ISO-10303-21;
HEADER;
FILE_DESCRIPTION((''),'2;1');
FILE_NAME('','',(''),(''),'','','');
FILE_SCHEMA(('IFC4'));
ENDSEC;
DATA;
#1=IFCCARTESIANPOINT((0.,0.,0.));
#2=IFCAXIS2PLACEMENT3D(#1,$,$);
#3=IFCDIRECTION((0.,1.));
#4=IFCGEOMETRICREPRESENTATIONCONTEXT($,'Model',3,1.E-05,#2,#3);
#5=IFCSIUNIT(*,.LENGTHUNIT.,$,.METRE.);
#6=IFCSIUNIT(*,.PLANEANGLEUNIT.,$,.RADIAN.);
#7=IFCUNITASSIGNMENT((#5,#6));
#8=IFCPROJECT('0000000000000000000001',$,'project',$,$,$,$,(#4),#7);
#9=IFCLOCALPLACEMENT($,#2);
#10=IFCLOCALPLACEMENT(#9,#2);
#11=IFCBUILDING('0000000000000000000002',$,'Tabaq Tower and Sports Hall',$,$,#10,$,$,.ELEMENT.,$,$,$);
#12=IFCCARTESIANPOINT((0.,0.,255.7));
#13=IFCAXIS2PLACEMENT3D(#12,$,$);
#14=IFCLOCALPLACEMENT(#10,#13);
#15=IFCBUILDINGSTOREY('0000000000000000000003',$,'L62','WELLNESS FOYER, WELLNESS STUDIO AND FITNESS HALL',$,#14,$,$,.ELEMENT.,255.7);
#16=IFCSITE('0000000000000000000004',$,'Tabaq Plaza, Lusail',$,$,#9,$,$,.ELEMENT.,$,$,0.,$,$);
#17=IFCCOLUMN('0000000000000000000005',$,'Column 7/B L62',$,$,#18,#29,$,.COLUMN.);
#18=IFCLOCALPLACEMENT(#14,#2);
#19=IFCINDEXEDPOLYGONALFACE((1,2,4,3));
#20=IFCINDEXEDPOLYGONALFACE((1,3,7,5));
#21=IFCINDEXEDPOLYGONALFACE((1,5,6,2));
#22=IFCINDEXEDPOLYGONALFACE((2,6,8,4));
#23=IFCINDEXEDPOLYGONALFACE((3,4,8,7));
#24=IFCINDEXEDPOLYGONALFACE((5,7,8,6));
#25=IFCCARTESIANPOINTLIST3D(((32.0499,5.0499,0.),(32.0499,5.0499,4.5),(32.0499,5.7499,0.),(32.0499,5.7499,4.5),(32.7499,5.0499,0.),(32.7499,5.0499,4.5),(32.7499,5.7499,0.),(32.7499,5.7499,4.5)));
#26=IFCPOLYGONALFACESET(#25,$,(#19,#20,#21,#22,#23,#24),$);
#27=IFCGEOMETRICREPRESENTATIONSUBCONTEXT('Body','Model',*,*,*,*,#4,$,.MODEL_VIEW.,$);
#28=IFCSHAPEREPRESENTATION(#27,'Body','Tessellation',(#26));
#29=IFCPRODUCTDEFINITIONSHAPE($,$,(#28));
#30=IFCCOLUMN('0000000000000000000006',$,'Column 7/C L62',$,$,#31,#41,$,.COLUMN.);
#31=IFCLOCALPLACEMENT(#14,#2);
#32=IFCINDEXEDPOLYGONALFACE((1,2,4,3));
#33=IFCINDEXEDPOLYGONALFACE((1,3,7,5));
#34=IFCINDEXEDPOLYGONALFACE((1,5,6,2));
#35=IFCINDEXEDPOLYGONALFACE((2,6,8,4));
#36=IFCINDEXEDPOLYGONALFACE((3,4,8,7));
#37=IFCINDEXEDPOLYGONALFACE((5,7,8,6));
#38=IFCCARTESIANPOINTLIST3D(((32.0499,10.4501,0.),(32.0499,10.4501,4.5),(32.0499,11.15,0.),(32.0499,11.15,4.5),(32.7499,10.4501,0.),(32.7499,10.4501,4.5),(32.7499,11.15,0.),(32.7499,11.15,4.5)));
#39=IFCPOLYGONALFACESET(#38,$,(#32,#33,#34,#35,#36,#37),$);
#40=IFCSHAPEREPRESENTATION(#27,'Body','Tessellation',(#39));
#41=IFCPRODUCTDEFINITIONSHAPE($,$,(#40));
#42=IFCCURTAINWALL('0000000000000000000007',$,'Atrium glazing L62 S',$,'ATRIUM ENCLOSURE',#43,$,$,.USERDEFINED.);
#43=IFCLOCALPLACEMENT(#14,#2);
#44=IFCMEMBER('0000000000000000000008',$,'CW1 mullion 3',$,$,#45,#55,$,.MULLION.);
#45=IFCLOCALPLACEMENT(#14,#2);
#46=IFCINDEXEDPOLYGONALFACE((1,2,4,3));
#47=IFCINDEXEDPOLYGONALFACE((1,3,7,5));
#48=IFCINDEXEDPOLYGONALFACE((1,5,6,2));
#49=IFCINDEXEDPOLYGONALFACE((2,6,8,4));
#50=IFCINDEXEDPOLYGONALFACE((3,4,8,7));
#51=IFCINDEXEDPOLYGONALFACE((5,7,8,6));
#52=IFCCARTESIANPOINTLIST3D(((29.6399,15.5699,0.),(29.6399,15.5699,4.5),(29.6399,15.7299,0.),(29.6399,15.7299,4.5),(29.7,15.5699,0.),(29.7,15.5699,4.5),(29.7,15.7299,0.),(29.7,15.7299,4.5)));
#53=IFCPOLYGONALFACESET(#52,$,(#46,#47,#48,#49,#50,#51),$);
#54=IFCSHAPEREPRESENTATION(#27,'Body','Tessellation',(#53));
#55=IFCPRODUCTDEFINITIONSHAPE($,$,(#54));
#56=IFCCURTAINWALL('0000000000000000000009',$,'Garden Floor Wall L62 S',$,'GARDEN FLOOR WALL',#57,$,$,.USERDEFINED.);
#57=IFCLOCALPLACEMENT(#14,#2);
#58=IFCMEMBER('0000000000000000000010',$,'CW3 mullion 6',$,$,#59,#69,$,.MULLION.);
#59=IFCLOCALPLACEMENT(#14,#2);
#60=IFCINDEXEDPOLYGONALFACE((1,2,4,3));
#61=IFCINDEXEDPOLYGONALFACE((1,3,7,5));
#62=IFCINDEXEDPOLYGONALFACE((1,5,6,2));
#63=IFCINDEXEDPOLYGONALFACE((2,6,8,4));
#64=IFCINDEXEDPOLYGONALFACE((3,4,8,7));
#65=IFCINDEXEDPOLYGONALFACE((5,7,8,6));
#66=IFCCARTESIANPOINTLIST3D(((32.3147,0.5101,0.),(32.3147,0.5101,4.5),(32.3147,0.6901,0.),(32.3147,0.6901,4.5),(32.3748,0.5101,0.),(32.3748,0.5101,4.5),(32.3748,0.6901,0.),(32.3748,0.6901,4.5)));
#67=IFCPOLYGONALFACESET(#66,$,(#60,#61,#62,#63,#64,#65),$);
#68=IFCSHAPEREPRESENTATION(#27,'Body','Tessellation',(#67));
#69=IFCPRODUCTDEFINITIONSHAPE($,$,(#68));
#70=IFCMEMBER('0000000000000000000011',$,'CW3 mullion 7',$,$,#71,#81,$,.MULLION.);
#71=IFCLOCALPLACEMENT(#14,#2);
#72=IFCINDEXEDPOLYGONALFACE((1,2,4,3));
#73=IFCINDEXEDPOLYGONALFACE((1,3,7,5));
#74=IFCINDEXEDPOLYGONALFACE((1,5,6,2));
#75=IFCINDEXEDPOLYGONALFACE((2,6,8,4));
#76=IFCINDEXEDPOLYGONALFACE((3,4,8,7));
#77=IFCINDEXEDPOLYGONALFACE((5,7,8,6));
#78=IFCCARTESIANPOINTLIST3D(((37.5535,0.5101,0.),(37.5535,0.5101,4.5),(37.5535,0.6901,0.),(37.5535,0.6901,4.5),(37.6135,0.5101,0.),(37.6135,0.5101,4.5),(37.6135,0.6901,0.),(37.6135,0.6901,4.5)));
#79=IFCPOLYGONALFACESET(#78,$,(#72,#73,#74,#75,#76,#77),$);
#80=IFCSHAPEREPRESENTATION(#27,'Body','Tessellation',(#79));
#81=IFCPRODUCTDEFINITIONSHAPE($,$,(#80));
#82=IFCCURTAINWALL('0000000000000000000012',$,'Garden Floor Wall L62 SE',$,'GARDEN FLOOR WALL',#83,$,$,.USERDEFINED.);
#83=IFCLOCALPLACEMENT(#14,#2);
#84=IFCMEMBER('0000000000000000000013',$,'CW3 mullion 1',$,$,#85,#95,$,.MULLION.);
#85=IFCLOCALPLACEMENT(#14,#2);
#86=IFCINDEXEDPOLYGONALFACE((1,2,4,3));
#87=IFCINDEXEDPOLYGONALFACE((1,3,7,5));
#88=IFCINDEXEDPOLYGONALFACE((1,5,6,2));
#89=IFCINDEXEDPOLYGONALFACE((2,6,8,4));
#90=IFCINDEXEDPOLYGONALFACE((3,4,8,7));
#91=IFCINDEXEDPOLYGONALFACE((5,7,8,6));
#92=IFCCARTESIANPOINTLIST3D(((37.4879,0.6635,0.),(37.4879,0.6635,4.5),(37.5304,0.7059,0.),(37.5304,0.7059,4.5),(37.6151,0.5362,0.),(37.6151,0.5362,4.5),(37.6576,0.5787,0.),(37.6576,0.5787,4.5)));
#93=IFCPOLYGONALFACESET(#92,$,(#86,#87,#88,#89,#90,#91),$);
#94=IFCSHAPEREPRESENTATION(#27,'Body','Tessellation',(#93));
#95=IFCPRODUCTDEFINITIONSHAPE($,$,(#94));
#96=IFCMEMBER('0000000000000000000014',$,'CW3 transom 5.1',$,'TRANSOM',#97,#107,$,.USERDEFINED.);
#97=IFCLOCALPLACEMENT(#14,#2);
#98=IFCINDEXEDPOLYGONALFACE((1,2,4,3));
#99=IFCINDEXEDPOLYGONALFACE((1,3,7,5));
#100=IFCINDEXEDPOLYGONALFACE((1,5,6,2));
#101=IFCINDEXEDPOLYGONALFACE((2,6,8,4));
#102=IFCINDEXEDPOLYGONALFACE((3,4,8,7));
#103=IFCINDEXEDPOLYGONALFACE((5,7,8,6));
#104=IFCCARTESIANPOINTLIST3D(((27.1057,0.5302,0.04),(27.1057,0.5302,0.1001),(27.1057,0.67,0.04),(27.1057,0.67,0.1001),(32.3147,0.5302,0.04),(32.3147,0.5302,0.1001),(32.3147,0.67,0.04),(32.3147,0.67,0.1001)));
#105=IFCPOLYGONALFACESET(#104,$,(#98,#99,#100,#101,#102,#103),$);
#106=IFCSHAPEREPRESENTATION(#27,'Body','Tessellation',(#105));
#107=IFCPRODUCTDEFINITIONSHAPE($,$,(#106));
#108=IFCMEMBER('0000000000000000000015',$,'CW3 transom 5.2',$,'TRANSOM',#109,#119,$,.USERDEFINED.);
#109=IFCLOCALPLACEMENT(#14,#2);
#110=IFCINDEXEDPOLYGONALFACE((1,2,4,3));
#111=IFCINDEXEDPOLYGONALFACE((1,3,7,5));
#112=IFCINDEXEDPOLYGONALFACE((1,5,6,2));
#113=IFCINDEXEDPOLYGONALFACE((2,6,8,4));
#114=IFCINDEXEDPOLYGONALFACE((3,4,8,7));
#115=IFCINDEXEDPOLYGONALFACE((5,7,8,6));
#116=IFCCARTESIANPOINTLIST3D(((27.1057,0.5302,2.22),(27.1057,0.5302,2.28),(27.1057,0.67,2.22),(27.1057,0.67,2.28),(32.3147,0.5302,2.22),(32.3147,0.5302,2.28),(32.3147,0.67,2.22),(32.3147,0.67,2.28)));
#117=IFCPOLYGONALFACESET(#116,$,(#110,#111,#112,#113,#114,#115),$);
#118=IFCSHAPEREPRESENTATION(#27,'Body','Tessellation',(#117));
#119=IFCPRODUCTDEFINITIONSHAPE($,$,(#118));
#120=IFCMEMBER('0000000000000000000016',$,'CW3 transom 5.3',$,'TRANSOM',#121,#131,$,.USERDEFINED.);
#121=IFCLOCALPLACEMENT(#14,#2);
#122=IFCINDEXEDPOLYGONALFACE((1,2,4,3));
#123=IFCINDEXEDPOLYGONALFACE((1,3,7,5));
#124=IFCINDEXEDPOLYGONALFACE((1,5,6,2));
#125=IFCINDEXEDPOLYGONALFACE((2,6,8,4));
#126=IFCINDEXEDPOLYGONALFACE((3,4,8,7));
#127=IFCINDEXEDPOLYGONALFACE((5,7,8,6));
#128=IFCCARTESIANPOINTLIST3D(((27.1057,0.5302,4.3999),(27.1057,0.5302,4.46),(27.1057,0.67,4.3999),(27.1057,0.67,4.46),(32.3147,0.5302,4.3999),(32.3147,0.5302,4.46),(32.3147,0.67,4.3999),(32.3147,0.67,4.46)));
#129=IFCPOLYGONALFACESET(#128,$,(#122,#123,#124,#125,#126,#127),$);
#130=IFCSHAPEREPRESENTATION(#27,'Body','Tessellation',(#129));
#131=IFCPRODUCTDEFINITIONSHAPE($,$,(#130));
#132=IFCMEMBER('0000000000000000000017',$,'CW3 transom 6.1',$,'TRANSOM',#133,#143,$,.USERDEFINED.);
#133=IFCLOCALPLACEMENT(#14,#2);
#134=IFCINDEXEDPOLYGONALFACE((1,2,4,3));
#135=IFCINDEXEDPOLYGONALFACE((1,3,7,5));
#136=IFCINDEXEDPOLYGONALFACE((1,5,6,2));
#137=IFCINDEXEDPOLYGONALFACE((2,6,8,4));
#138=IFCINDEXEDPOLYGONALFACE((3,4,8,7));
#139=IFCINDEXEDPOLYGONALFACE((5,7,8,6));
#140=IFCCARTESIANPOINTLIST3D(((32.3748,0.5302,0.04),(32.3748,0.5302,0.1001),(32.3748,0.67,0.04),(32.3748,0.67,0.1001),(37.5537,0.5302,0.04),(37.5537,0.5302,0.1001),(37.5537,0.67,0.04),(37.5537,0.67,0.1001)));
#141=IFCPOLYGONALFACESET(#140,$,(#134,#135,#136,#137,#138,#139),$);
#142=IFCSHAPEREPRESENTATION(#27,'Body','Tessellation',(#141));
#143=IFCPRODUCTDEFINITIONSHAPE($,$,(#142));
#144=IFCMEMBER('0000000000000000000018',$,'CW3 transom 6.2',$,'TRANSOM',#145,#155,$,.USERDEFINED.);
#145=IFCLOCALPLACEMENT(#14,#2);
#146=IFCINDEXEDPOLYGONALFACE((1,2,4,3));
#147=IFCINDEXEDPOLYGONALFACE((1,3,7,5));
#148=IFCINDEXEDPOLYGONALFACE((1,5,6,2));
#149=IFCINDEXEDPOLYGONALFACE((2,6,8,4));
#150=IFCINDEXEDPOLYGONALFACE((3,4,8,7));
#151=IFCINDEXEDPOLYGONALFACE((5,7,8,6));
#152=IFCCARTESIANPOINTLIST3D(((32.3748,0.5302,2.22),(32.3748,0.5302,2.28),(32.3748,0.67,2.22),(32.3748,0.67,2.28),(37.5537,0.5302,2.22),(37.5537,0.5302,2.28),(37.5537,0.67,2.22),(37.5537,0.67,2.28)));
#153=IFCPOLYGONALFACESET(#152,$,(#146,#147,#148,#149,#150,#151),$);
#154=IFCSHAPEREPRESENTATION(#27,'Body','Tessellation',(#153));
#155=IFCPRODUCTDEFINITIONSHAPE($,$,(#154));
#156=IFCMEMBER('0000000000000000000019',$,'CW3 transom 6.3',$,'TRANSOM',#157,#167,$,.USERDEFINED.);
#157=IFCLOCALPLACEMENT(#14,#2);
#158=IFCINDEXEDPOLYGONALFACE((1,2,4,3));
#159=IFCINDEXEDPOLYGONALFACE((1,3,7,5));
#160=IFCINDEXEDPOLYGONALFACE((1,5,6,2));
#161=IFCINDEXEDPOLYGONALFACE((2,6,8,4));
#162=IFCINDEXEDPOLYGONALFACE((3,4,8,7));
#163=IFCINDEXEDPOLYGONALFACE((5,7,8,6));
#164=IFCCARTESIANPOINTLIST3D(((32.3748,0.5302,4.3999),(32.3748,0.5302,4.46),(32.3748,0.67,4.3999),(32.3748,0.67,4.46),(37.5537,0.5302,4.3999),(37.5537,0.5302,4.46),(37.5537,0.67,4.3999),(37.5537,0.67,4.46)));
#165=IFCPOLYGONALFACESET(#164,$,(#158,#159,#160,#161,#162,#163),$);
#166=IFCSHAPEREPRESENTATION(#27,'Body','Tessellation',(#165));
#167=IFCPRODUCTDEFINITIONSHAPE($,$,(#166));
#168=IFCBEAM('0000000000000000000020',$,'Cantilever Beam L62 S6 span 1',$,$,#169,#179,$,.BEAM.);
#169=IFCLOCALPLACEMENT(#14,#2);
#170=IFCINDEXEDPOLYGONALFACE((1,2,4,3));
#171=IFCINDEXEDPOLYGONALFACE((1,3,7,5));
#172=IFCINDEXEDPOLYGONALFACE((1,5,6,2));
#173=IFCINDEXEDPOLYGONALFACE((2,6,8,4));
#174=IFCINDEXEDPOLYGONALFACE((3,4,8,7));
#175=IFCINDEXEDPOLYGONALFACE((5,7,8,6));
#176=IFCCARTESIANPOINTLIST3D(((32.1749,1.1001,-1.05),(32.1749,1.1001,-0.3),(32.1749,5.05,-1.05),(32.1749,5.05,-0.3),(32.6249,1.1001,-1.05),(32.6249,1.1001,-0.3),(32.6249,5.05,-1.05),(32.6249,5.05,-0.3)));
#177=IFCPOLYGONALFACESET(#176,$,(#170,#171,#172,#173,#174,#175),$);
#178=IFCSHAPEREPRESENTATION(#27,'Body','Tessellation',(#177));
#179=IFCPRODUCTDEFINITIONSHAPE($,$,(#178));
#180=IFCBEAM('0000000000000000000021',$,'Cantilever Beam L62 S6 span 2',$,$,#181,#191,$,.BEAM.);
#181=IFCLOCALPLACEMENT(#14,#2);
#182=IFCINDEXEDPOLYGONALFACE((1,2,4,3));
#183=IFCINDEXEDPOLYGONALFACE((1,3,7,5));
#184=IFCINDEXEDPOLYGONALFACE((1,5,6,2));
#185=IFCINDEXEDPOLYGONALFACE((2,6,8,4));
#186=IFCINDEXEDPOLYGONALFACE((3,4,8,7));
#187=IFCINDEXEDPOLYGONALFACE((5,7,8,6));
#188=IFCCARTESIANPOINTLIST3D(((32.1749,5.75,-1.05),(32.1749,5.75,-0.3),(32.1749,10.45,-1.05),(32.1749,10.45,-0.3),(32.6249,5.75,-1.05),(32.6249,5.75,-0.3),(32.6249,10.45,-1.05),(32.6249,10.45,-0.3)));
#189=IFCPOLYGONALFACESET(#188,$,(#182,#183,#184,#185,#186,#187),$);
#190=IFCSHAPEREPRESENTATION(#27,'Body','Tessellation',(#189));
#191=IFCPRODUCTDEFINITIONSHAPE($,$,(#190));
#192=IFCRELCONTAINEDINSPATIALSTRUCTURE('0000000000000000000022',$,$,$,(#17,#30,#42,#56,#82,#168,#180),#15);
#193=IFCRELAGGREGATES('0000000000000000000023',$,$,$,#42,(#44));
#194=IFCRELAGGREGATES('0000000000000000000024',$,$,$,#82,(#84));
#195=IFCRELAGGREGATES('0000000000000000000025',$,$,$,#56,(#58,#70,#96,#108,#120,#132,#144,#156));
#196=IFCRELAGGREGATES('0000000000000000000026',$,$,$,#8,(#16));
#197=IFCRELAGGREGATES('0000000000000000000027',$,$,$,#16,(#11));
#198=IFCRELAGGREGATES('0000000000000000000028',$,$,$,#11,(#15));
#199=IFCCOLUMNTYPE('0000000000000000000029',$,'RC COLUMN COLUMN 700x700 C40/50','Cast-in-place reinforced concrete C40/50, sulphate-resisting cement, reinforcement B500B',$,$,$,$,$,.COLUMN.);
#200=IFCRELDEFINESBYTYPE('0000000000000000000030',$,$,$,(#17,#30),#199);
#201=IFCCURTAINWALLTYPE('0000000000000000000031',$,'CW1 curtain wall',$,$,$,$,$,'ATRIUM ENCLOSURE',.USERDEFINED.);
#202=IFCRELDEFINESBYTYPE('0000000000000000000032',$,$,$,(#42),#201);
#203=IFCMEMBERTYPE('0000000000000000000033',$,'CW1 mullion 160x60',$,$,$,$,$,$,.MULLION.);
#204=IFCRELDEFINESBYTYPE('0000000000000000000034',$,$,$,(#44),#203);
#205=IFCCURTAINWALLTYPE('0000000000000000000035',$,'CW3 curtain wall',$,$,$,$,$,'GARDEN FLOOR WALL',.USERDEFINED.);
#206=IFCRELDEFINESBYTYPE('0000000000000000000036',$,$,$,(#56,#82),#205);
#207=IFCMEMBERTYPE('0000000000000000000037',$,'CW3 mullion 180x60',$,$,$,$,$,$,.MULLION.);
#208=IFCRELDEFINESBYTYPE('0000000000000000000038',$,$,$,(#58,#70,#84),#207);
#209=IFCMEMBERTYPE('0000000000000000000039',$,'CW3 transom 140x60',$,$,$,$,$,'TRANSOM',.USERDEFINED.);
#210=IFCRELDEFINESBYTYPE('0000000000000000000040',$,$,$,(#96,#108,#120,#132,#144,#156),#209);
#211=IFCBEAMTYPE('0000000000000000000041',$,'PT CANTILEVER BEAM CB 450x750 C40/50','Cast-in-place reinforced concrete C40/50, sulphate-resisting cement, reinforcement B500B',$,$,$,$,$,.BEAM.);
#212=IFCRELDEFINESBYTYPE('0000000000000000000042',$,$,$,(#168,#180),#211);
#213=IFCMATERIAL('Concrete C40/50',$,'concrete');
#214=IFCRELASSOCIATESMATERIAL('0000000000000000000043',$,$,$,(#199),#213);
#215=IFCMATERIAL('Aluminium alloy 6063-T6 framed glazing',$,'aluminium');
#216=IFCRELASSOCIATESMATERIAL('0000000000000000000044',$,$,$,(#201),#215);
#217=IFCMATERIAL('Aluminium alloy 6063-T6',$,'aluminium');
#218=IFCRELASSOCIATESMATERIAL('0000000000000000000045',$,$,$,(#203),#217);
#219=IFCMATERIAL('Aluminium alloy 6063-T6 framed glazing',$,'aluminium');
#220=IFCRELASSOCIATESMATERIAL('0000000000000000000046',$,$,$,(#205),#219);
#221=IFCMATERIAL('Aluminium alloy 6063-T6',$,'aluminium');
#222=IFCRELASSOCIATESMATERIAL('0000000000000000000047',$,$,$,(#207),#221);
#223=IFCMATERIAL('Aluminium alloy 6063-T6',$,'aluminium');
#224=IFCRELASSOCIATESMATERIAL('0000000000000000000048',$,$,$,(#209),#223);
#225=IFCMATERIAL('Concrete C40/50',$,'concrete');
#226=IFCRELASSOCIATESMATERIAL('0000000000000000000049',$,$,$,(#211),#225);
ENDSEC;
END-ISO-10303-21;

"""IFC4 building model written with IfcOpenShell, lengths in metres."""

from ifc_helpers import new_model, si_unit, direction, frame, origin, origin_2d, place, context, subcontext, project, spatial, rectangle, extrude, material, material_profile, profile_set, type_object, element, aggregate, save


model = new_model("IFC4")

# Units and contexts
model_context = context("Model", 3, precision=1e-05, world=origin(), true_north=direction((0.0, 1.0)))
body_context = subcontext(model_context, "Body", "Model", "MODEL_VIEW")
ifc_project = project(units=[si_unit("LENGTHUNIT", "METRE"), si_unit("PLANEANGLEUNIT", "RADIAN")], contexts=[model_context])

# Site, building, storey
site_placement = place(None, origin())
site = spatial("IfcSite", under=ifc_project, at=site_placement, Name="Tabaq Plaza, Lusail", CompositionType="ELEMENT", RefElevation=0.0)
building_placement = place(site_placement, origin())
building = spatial("IfcBuilding", under=site, at=building_placement, Name="Tabaq Tower and Sports Hall", CompositionType="ELEMENT")
storey_placement = place(building_placement, frame((0.0, 0.0, 255.7)))
storey = spatial("IfcBuildingStorey", under=building, at=storey_placement, Name="L62", Description="WELLNESS FOYER, WELLNESS STUDIO AND FITNESS HALL", CompositionType="ELEMENT", Elevation=255.7)

# Columns
ifc_material_1 = material(Name="Concrete C40/50", Category="concrete")
ifc_material_profile_1 = material_profile(ifc_material_1, rectangle(XDim=0.7, YDim=0.7, at=origin_2d()), Name="COLUMN 700x700")
ifc_profile_set_1 = profile_set([ifc_material_profile_1], Name="Concrete C40/50")
column_type = type_object("IfcColumnType", Name="RC COLUMN COLUMN 700x700 C40/50", Description="Cast-in-place reinforced concrete C40/50, sulphate-resisting cement, reinforcement B500B", PredefinedType="COLUMN", material=ifc_profile_set_1)
for number, where, z_axis, x_axis, name in (
    (1, (32.3999, 5.3999, 0.0), (0.0, 0.0, 1.0), (1.0, 0.0, 0.0), "Column 7/B L62"),
    (2, (32.3999, 10.8, 0.0), (0.0, 0.0, 1.0), (1.0, 0.0, 0.0), "Column 7/C L62"),
):
    element("IfcColumn", number, at=place(storey_placement, frame(where, z_axis=z_axis, x_axis=x_axis)), inside=storey, type_object=column_type, Name=name, PredefinedType="COLUMN", context=body_context, shape_type="SweptSolid", body=[
        extrude(rectangle(XDim=0.7, YDim=0.7, at=origin_2d()), origin(), (0.0, 0.0, 1.0), 4.5),
    ])

# Curtain wall, member
ifc_material_2 = material(Name="Aluminium alloy 6063-T6 framed glazing", Category="aluminium")
curtain_wall_type_1 = type_object("IfcCurtainWallType", Name="CW1 curtain wall", ElementType="ATRIUM ENCLOSURE", PredefinedType="USERDEFINED", material=ifc_material_2)
curtain_wall_1_placement = place(storey_placement, origin())
curtain_wall_1 = element("IfcCurtainWall", 3, at=curtain_wall_1_placement, inside=storey, type_object=curtain_wall_type_1, Name="Atrium glazing L62 S", ObjectType="ATRIUM ENCLOSURE", PredefinedType="USERDEFINED")
ifc_material_3 = material(Name="Aluminium alloy 6063-T6", Category="aluminium")
ifc_material_profile_2 = material_profile(ifc_material_3, rectangle(XDim=0.1599, YDim=0.0601, at=origin_2d()), Name="MULLION 160x60")
ifc_profile_set_2 = profile_set([ifc_material_profile_2], Name="Aluminium alloy 6063-T6")
member_type_1 = type_object("IfcMemberType", Name="CW1 mullion 160x60", PredefinedType="MULLION", material=ifc_profile_set_2)
member_1_placement = place(storey_placement, frame((29.6699, 15.6499, 0.0), z_axis=(0.0, 0.0, 1.0), x_axis=(0.0, 1.0, 0.0)))
member_1 = element("IfcMember", 4, at=member_1_placement, type_object=member_type_1, Name="CW1 mullion 3", PredefinedType="MULLION", context=body_context, shape_type="SweptSolid", body=[
    extrude(rectangle(XDim=0.1599, YDim=0.0601, at=origin_2d()), origin(), (0.0, 0.0, 1.0), 4.5),
])
aggregate(curtain_wall_1, [member_1])

# Curtain wall, members
ifc_material_4 = material(Name="Aluminium alloy 6063-T6 framed glazing", Category="aluminium")
curtain_wall_type_2 = type_object("IfcCurtainWallType", Name="CW3 curtain wall", ElementType="GARDEN FLOOR WALL", PredefinedType="USERDEFINED", material=ifc_material_4)
curtain_wall_2_placement = place(storey_placement, origin())
curtain_wall_2 = element("IfcCurtainWall", 5, at=curtain_wall_2_placement, inside=storey, type_object=curtain_wall_type_2, Name="Garden Floor Wall L62 S", ObjectType="GARDEN FLOOR WALL", PredefinedType="USERDEFINED")
ifc_material_5 = material(Name="Aluminium alloy 6063-T6", Category="aluminium")
ifc_material_profile_3 = material_profile(ifc_material_5, rectangle(XDim=0.1799, YDim=0.0601, at=origin_2d()), Name="MULLION 180x60")
ifc_profile_set_3 = profile_set([ifc_material_profile_3], Name="Aluminium alloy 6063-T6")
member_type_2 = type_object("IfcMemberType", Name="CW3 mullion 180x60", PredefinedType="MULLION", material=ifc_profile_set_3)
member_2_placement = place(storey_placement, frame((32.3447, 0.6001, 0.0), z_axis=(0.0, 0.0, 1.0), x_axis=(0.0, 1.0, 0.0)))
member_2 = element("IfcMember", 6, at=member_2_placement, type_object=member_type_2, Name="CW3 mullion 6", PredefinedType="MULLION", context=body_context, shape_type="SweptSolid", body=[
    extrude(rectangle(XDim=0.1799, YDim=0.0601, at=origin_2d()), origin(), (0.0, 0.0, 1.0), 4.5),
])
member_3_placement = place(storey_placement, frame((37.5835, 0.6001, 0.0), z_axis=(0.0, 0.0, 1.0), x_axis=(0.0, 1.0, 0.0)))
member_3 = element("IfcMember", 7, at=member_3_placement, type_object=member_type_2, Name="CW3 mullion 7", PredefinedType="MULLION", context=body_context, shape_type="SweptSolid", body=[
    extrude(rectangle(XDim=0.1799, YDim=0.0601, at=origin_2d()), origin(), (0.0, 0.0, 1.0), 4.5),
])

# Curtain wall, member
curtain_wall_3_placement = place(storey_placement, origin())
curtain_wall_3 = element("IfcCurtainWall", 8, at=curtain_wall_3_placement, inside=storey, type_object=curtain_wall_type_2, Name="Garden Floor Wall L62 SE", ObjectType="GARDEN FLOOR WALL", PredefinedType="USERDEFINED")
member_4_placement = place(storey_placement, frame((37.5728, 0.6211, 0.0), z_axis=(0.0, 0.0, 1.0), x_axis=(-0.707107, 0.707107, 0.0)))
member_4 = element("IfcMember", 9, at=member_4_placement, type_object=member_type_2, Name="CW3 mullion 1", PredefinedType="MULLION", context=body_context, shape_type="SweptSolid", body=[
    extrude(rectangle(XDim=0.1799, YDim=0.0601, at=origin_2d()), origin(), (0.0, 0.0, 1.0), 4.5),
])
aggregate(curtain_wall_3, [member_4])

# Members
ifc_material_6 = material(Name="Aluminium alloy 6063-T6", Category="aluminium")
ifc_material_profile_4 = material_profile(ifc_material_6, rectangle(XDim=0.1399, YDim=0.0601, at=origin_2d()), Name="TRANSOM 140x60")
ifc_profile_set_4 = profile_set([ifc_material_profile_4], Name="Aluminium alloy 6063-T6")
member_type_3 = type_object("IfcMemberType", Name="CW3 transom 140x60", ElementType="TRANSOM", PredefinedType="USERDEFINED", material=ifc_profile_set_4)
member_5_placement = place(storey_placement, frame((27.1057, 0.6001, 0.0701), z_axis=(1.0, 0.0, 0.0), x_axis=(0.0, 1.0, 0.0)))
member_5 = element("IfcMember", 10, at=member_5_placement, type_object=member_type_3, Name="CW3 transom 5.1", ObjectType="TRANSOM", PredefinedType="USERDEFINED", context=body_context, shape_type="SweptSolid", body=[
    extrude(rectangle(XDim=0.1399, YDim=0.0601, at=origin_2d()), origin(), (0.0, 0.0, 1.0), 5.209),
])
member_6_placement = place(storey_placement, frame((27.1057, 0.6001, 2.25), z_axis=(1.0, 0.0, 0.0), x_axis=(0.0, 1.0, 0.0)))
member_6 = element("IfcMember", 11, at=member_6_placement, type_object=member_type_3, Name="CW3 transom 5.2", ObjectType="TRANSOM", PredefinedType="USERDEFINED", context=body_context, shape_type="SweptSolid", body=[
    extrude(rectangle(XDim=0.1399, YDim=0.0601, at=origin_2d()), origin(), (0.0, 0.0, 1.0), 5.209),
])
member_7_placement = place(storey_placement, frame((27.1057, 0.6001, 4.4299), z_axis=(1.0, 0.0, 0.0), x_axis=(0.0, 1.0, 0.0)))
member_7 = element("IfcMember", 12, at=member_7_placement, type_object=member_type_3, Name="CW3 transom 5.3", ObjectType="TRANSOM", PredefinedType="USERDEFINED", context=body_context, shape_type="SweptSolid", body=[
    extrude(rectangle(XDim=0.1399, YDim=0.0601, at=origin_2d()), origin(), (0.0, 0.0, 1.0), 5.209),
])
member_8_placement = place(storey_placement, frame((32.3748, 0.6001, 0.0701), z_axis=(1.0, 0.0, 0.0), x_axis=(0.0, 1.0, 0.0)))
member_8 = element("IfcMember", 13, at=member_8_placement, type_object=member_type_3, Name="CW3 transom 6.1", ObjectType="TRANSOM", PredefinedType="USERDEFINED", context=body_context, shape_type="SweptSolid", body=[
    extrude(rectangle(XDim=0.1399, YDim=0.0601, at=origin_2d()), origin(), (0.0, 0.0, 1.0), 5.179),
])
member_9_placement = place(storey_placement, frame((32.3748, 0.6001, 2.25), z_axis=(1.0, 0.0, 0.0), x_axis=(0.0, 1.0, 0.0)))
member_9 = element("IfcMember", 14, at=member_9_placement, type_object=member_type_3, Name="CW3 transom 6.2", ObjectType="TRANSOM", PredefinedType="USERDEFINED", context=body_context, shape_type="SweptSolid", body=[
    extrude(rectangle(XDim=0.1399, YDim=0.0601, at=origin_2d()), origin(), (0.0, 0.0, 1.0), 5.179),
])
member_10_placement = place(storey_placement, frame((32.3748, 0.6001, 4.4299), z_axis=(1.0, 0.0, 0.0), x_axis=(0.0, 1.0, 0.0)))
member_10 = element("IfcMember", 15, at=member_10_placement, type_object=member_type_3, Name="CW3 transom 6.3", ObjectType="TRANSOM", PredefinedType="USERDEFINED", context=body_context, shape_type="SweptSolid", body=[
    extrude(rectangle(XDim=0.1399, YDim=0.0601, at=origin_2d()), origin(), (0.0, 0.0, 1.0), 5.179),
])

# Beams
ifc_material_7 = material(Name="Concrete C40/50", Category="concrete")
ifc_material_profile_5 = material_profile(ifc_material_7, rectangle(XDim=0.45, YDim=0.75, at=origin_2d()), Name="CB 450x750")
ifc_profile_set_5 = profile_set([ifc_material_profile_5], Name="Concrete C40/50")
beam_type = type_object("IfcBeamType", Name="PT CANTILEVER BEAM CB 450x750 C40/50", Description="Cast-in-place reinforced concrete C40/50, sulphate-resisting cement, reinforcement B500B", PredefinedType="BEAM", material=ifc_profile_set_5)
beam_1_placement = place(storey_placement, frame((32.3999, 1.1001, -0.675), z_axis=(0.0, 1.0, 0.0), x_axis=(-1.0, 0.0, 0.0)))
element("IfcBeam", 16, at=beam_1_placement, inside=storey, type_object=beam_type, Name="Cantilever Beam L62 S6 span 1", PredefinedType="BEAM", context=body_context, shape_type="SweptSolid", body=[
    extrude(rectangle(XDim=0.45, YDim=0.75, at=origin_2d()), origin(), (0.0, 0.0, 1.0), 3.95),
])
beam_2_placement = place(storey_placement, frame((32.3999, 5.75, -0.675), z_axis=(0.0, 1.0, 0.0), x_axis=(-1.0, 0.0, 0.0)))
element("IfcBeam", 17, at=beam_2_placement, inside=storey, type_object=beam_type, Name="Cantilever Beam L62 S6 span 2", PredefinedType="BEAM", context=body_context, shape_type="SweptSolid", body=[
    extrude(rectangle(XDim=0.45, YDim=0.75, at=origin_2d()), origin(), (0.0, 0.0, 1.0), 4.7),
])

aggregate(curtain_wall_2, [member_2, member_3, member_5, member_6, member_7, member_8, member_9, member_10])

save(model, "model.ifc")
